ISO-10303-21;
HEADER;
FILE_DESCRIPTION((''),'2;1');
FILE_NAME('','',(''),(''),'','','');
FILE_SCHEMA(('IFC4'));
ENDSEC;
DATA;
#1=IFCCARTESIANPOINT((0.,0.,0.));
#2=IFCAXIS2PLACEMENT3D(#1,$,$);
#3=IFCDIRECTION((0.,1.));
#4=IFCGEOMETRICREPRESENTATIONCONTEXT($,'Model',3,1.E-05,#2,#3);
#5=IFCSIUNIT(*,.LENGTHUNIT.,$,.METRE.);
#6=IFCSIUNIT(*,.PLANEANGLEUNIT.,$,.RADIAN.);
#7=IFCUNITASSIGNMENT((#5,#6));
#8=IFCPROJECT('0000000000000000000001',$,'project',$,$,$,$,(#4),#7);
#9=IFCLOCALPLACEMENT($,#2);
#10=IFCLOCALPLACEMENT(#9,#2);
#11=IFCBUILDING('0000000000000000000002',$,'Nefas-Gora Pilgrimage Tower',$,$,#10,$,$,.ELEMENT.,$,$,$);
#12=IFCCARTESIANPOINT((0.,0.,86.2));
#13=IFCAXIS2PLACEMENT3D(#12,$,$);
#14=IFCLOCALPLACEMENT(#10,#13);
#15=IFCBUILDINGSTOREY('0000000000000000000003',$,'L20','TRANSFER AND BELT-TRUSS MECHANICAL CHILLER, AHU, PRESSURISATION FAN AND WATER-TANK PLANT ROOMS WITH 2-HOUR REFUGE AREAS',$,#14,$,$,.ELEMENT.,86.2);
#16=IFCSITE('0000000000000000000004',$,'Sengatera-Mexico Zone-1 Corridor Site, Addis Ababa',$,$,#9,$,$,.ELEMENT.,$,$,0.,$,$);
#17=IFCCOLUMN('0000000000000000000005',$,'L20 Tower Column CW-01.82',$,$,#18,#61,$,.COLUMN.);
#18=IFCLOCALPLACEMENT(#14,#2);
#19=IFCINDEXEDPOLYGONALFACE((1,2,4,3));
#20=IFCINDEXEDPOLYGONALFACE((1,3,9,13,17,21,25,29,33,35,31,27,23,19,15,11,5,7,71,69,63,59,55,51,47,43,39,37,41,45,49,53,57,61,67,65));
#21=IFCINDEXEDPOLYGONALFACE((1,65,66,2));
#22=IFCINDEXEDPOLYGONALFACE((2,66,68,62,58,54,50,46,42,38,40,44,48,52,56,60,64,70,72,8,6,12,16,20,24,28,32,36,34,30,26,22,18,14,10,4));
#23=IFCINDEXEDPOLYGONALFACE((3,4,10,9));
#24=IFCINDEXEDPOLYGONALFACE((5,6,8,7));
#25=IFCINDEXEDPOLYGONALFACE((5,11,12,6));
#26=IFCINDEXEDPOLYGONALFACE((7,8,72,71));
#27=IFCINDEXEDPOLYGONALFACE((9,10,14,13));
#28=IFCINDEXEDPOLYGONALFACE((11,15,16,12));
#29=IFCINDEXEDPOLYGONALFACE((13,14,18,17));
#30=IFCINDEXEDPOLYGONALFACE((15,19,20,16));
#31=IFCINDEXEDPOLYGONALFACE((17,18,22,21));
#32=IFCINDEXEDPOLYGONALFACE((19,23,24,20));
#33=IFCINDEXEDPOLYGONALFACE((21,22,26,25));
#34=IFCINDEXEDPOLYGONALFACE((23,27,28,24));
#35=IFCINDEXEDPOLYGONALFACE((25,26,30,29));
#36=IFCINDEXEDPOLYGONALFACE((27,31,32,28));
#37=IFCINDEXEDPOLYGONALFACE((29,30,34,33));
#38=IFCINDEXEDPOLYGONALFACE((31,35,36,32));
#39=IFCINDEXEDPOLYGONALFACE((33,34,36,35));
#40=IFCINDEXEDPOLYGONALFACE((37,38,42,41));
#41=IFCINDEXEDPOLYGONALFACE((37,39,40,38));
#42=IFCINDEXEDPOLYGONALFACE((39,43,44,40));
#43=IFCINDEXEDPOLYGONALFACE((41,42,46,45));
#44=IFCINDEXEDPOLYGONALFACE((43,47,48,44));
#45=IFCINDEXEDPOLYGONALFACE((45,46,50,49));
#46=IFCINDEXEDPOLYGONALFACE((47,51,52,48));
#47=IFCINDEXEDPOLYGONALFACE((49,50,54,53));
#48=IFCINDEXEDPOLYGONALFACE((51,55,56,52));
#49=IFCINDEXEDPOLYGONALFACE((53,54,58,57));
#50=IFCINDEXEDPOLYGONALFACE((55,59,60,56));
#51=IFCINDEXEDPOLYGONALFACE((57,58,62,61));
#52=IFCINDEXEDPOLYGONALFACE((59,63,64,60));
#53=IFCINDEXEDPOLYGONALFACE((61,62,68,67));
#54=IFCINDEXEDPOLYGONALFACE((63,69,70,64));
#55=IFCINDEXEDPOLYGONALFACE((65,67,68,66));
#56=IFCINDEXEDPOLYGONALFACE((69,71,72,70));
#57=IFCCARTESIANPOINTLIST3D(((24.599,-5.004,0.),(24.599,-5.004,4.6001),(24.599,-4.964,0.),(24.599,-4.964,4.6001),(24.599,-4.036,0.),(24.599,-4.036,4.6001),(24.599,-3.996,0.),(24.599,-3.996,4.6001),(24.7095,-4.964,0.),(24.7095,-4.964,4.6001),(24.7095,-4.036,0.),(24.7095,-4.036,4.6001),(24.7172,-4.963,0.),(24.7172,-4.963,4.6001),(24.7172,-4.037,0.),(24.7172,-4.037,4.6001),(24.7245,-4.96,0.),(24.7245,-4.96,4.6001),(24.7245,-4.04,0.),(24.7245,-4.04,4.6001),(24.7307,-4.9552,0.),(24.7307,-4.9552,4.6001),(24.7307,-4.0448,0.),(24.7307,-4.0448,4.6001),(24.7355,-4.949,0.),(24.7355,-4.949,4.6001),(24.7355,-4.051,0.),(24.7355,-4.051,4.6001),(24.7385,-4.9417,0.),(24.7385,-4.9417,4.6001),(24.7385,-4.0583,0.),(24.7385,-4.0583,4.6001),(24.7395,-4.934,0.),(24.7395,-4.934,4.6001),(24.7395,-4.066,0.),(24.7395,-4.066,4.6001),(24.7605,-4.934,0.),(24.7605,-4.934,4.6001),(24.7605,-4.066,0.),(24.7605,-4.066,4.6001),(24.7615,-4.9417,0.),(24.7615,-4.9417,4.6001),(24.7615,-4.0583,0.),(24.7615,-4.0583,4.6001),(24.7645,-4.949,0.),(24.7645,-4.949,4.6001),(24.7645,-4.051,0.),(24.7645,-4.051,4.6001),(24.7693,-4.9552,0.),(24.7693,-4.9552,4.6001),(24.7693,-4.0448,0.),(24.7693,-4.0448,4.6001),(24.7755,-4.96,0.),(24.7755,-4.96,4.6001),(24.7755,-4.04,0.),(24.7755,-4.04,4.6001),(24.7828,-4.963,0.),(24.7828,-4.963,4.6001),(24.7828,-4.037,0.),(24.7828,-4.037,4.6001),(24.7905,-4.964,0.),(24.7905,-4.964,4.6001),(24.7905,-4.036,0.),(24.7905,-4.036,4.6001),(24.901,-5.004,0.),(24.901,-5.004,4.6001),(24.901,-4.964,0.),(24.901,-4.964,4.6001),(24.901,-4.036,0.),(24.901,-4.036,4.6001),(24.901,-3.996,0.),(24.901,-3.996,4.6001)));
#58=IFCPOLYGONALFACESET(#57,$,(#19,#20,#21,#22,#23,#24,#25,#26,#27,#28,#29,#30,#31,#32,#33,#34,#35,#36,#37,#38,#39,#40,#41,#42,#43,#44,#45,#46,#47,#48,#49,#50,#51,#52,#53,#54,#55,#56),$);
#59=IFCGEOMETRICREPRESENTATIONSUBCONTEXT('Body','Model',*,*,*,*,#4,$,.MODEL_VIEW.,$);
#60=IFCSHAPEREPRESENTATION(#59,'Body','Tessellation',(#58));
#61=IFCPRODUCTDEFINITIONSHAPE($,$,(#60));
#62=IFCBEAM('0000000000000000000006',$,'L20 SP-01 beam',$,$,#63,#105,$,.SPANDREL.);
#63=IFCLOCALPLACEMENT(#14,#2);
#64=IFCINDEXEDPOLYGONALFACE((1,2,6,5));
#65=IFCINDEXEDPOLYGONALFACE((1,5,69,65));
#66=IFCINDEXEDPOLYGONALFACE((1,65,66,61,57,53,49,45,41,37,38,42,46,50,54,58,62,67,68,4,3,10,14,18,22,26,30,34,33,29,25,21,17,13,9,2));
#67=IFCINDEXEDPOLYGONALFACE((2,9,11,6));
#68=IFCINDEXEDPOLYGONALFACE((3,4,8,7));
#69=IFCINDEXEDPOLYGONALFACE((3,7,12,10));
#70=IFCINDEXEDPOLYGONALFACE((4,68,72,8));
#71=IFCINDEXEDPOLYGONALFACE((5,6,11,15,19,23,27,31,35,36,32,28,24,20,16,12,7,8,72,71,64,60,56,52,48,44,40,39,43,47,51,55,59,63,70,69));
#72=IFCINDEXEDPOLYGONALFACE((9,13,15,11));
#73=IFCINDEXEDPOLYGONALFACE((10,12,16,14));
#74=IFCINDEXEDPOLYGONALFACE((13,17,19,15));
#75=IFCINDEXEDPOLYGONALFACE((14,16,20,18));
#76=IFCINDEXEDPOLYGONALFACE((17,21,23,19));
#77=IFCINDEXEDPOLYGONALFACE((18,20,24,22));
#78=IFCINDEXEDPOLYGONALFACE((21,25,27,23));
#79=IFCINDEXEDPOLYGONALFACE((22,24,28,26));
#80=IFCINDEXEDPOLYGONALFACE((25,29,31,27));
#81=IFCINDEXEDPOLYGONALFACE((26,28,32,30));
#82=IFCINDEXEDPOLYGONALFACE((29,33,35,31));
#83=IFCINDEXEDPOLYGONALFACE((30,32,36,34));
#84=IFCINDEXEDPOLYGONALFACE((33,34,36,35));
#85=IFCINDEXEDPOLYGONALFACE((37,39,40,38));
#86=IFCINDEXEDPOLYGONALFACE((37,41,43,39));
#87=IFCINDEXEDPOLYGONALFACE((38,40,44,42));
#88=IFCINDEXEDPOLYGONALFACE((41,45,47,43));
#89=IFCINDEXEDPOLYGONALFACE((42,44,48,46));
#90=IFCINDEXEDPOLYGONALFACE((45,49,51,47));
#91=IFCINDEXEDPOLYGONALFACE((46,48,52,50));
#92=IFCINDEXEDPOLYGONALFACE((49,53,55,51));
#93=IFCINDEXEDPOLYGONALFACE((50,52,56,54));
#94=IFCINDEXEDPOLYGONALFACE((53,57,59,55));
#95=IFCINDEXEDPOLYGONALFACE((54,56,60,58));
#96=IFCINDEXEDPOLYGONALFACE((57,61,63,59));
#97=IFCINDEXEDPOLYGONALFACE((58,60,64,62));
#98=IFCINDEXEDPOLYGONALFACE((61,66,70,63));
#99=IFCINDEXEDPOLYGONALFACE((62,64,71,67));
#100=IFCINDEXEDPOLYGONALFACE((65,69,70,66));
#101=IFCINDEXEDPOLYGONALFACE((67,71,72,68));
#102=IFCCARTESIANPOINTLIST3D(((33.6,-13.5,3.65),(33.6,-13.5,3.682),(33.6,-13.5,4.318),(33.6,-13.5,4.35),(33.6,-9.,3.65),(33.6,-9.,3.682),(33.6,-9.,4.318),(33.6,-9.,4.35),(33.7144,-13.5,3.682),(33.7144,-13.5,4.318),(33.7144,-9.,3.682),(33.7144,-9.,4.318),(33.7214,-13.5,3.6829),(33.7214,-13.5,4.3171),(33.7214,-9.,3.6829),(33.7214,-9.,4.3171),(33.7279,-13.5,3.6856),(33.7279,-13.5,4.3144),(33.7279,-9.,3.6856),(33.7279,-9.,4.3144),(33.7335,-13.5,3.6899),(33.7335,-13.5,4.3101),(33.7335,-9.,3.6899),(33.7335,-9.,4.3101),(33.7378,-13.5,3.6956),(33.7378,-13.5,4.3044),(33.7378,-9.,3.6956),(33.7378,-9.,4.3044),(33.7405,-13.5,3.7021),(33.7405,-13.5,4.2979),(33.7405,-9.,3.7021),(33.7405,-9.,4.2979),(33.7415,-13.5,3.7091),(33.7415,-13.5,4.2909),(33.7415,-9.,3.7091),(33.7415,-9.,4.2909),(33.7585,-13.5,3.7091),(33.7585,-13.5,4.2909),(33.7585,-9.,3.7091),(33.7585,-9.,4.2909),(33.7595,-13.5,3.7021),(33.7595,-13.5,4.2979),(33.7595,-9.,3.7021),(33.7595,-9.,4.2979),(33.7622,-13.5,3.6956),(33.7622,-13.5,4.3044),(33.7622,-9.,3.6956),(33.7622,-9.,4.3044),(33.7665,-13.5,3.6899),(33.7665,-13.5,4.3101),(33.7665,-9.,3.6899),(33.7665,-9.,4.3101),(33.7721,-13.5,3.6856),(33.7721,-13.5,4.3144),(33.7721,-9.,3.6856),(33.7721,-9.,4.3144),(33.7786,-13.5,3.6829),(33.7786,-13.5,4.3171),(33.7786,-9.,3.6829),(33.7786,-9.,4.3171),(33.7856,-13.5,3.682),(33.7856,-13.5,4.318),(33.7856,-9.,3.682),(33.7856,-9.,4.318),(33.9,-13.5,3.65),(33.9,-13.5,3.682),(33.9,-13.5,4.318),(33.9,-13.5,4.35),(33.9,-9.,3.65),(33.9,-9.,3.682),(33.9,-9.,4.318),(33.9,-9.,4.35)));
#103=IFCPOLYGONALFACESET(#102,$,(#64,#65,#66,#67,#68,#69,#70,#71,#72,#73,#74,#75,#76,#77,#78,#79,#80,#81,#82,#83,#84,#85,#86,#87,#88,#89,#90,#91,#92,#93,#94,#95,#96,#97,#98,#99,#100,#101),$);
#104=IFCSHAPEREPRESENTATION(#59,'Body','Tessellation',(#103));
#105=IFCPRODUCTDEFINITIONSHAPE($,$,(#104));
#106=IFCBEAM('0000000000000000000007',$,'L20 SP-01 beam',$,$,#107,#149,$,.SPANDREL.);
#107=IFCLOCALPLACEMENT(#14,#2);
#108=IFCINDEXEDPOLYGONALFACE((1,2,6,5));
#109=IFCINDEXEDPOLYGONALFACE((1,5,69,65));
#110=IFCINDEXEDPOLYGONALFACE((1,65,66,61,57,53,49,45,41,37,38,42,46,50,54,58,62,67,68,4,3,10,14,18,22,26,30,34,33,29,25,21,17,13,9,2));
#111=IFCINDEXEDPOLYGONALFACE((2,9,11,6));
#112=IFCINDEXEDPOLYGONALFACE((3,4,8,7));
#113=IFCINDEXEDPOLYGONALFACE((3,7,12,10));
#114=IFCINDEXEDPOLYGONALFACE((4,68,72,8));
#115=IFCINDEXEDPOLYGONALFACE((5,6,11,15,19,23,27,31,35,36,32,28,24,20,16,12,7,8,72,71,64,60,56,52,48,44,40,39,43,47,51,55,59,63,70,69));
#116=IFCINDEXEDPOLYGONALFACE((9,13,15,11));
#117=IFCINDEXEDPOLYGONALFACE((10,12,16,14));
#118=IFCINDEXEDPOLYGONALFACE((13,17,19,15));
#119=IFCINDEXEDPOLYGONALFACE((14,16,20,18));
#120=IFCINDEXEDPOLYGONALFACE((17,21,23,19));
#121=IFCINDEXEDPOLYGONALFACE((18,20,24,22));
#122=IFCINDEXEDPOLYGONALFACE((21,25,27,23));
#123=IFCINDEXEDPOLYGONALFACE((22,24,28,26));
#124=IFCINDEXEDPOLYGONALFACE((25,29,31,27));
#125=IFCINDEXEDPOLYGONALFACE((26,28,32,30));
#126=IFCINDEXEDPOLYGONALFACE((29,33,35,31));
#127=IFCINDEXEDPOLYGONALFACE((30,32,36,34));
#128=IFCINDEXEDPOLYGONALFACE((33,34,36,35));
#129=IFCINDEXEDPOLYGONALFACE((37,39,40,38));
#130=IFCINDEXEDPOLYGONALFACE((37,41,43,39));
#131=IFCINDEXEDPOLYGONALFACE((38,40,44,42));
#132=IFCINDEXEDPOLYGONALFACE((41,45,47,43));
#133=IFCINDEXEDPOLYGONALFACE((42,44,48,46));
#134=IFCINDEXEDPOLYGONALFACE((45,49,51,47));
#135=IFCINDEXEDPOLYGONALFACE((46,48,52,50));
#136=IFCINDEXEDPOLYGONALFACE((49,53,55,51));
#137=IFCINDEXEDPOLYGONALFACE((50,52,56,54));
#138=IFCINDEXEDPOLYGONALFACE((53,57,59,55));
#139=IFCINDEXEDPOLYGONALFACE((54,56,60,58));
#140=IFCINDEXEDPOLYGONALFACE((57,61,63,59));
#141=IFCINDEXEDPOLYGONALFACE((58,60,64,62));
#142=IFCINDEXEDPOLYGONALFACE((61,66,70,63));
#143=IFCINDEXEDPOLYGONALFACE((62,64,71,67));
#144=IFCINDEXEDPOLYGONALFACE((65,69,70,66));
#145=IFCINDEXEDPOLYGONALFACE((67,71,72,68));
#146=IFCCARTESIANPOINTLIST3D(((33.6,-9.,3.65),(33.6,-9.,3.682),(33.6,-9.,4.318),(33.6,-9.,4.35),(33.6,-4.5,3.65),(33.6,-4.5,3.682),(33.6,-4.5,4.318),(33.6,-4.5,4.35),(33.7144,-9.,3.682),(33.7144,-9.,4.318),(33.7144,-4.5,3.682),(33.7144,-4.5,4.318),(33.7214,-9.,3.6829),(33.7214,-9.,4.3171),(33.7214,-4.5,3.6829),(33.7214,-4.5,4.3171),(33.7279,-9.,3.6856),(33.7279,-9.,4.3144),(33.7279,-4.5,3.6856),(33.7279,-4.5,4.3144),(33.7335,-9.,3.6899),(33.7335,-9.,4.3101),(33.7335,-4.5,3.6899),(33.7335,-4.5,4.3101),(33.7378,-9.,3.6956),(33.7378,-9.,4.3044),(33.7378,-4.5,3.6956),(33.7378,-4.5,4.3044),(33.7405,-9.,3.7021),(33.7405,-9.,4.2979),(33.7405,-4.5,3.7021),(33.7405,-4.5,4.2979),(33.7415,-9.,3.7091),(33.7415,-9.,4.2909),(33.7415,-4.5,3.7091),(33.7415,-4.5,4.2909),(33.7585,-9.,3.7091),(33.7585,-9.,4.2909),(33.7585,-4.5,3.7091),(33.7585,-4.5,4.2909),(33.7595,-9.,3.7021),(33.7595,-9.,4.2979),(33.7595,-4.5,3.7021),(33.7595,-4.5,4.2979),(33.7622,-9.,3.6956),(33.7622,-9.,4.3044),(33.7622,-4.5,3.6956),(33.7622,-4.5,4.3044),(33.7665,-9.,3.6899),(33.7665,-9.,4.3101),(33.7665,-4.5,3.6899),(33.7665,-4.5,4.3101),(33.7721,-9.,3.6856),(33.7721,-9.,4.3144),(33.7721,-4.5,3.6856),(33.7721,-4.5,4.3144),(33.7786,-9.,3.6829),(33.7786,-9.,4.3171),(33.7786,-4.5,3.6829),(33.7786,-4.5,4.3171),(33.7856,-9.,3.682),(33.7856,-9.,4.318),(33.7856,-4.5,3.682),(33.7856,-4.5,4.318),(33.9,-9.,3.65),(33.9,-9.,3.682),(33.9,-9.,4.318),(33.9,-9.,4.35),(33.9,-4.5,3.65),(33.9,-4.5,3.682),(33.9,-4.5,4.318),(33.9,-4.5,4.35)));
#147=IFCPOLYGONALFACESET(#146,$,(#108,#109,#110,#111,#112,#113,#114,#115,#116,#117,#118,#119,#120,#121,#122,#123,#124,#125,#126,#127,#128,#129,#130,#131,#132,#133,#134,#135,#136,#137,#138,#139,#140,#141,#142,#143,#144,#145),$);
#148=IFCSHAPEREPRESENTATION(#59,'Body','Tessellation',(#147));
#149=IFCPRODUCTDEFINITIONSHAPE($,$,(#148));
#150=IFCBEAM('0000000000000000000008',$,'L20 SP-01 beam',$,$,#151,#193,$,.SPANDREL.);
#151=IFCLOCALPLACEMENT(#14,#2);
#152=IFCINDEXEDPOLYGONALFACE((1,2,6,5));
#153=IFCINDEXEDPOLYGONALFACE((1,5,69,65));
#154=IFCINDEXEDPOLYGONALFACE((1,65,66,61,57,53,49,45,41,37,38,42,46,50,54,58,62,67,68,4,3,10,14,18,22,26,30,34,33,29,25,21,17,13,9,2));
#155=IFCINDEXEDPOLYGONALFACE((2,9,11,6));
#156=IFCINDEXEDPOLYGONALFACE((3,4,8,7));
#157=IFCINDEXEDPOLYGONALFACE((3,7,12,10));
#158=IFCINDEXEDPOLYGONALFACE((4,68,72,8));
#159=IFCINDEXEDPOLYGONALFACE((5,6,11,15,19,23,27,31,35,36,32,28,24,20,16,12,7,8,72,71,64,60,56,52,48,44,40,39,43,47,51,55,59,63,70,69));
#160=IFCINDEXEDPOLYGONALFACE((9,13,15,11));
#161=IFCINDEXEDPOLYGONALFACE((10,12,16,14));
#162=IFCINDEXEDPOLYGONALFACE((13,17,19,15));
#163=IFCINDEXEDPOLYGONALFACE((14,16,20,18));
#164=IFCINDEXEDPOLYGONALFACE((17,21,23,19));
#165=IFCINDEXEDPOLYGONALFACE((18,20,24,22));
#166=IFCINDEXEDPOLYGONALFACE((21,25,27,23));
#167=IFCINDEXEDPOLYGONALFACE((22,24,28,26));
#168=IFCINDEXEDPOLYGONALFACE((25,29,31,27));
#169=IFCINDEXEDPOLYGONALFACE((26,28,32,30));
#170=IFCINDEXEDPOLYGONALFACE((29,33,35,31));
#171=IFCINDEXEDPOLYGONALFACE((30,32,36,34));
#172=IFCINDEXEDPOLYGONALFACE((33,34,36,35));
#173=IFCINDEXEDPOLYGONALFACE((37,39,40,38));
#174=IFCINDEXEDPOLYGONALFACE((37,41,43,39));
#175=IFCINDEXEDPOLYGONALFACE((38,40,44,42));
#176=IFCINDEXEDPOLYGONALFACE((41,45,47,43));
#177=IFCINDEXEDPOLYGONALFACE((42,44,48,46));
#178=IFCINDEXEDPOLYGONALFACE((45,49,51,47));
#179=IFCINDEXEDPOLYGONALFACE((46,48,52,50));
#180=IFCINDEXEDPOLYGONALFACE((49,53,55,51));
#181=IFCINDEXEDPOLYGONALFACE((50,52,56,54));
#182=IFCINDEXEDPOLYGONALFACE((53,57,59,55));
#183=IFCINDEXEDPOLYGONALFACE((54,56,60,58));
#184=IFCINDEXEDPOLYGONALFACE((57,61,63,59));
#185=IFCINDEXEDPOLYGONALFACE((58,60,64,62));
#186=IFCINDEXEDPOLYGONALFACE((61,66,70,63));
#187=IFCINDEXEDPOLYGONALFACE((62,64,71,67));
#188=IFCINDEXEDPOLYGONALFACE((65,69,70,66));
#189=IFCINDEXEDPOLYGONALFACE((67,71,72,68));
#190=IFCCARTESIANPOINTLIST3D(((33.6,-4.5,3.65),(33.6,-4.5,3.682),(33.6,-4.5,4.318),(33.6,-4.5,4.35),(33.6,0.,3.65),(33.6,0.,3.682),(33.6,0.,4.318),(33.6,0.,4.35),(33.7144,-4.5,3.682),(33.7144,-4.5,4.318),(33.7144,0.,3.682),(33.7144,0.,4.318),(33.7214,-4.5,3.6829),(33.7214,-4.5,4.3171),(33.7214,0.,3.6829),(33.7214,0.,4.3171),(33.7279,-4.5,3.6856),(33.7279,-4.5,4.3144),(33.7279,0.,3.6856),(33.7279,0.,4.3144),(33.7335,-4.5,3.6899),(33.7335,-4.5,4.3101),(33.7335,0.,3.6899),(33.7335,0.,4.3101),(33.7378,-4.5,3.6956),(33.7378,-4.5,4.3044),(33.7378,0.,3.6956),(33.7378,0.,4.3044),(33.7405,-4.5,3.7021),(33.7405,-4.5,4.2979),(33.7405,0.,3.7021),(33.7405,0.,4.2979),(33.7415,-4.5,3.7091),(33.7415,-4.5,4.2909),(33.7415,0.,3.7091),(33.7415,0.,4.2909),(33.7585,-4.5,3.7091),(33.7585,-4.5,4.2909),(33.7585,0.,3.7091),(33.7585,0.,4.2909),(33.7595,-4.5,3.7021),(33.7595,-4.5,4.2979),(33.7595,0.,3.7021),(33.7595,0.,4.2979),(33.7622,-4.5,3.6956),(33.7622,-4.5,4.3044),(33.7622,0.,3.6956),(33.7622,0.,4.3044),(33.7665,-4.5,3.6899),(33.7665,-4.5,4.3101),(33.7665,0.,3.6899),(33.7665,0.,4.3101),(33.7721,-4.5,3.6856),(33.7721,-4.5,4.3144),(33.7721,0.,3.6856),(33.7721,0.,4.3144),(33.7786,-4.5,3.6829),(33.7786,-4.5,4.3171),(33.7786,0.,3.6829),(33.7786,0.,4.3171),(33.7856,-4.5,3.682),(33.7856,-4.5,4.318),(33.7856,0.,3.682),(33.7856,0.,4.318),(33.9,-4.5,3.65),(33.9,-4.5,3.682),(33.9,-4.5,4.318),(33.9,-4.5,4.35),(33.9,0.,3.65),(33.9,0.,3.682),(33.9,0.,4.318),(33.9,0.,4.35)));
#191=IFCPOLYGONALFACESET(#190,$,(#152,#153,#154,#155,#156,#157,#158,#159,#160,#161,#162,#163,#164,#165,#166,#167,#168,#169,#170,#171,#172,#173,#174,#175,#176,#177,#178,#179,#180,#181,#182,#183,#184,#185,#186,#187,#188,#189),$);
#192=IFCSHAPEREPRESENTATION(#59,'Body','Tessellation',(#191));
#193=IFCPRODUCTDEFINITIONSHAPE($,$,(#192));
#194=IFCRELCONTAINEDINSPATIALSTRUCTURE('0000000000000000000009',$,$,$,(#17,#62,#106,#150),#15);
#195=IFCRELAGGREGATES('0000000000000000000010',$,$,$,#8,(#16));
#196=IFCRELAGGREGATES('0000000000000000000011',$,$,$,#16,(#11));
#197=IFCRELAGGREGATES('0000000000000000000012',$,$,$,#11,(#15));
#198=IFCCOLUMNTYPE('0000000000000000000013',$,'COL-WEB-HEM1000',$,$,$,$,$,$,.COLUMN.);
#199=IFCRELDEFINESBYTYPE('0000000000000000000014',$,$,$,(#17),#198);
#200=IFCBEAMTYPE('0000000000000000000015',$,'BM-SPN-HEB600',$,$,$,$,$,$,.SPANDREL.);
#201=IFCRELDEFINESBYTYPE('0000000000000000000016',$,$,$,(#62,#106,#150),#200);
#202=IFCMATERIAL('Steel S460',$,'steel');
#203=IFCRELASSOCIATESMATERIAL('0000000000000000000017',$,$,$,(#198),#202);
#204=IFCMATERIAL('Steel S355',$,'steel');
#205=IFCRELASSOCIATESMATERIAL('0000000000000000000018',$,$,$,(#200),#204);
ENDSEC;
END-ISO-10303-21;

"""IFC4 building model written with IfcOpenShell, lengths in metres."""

from ifc_helpers import new_model, si_unit, direction, frame, origin, origin_2d, place, context, subcontext, project, spatial, i_section, extrude, source, transform, mapped, material, material_profile, profile_set, type_object, element, save


model = new_model("IFC4")

# Units and contexts
model_context = context("Model", 3, precision=1e-05, world=origin(), true_north=direction((0.0, 1.0)))
body_context = subcontext(model_context, "Body", "Model", "MODEL_VIEW")
ifc_project = project(units=[si_unit("LENGTHUNIT", "METRE"), si_unit("PLANEANGLEUNIT", "RADIAN")], contexts=[model_context])

# Site, building, storey
site_placement = place(None, origin())
site = spatial("IfcSite", under=ifc_project, at=site_placement, Name="Sengatera-Mexico Zone-1 Corridor Site, Addis Ababa", CompositionType="ELEMENT", RefElevation=0.0)
building_placement = place(site_placement, origin())
building = spatial("IfcBuilding", under=site, at=building_placement, Name="Nefas-Gora Pilgrimage Tower", CompositionType="ELEMENT")
storey_placement = place(building_placement, frame((0.0, 0.0, 86.2)))
storey = spatial("IfcBuildingStorey", under=building, at=storey_placement, Name="L20", Description="TRANSFER AND BELT-TRUSS MECHANICAL CHILLER, AHU, PRESSURISATION FAN AND WATER-TANK PLANT ROOMS WITH 2-HOUR REFUGE AREAS", CompositionType="ELEMENT", Elevation=86.2)

# Column
ifc_material_1 = material(Name="Steel S460", Category="steel")
ifc_material_profile_1 = material_profile(ifc_material_1, i_section(OverallWidth=0.302, OverallDepth=1.0081, WebThickness=0.021, FlangeThickness=0.04, FilletRadius=0.03, at=origin_2d()), Name="HEM 1000")
ifc_profile_set_1 = profile_set([ifc_material_profile_1], Name="Steel S460")
column_type_1 = type_object("IfcColumnType", Name="COL-WEB-HEM1000", PredefinedType="COLUMN", material=ifc_profile_set_1)
shared_shape_1 = source(origin(), body_context, "Body", "SweptSolid", [
    extrude(i_section(OverallWidth=0.302, OverallDepth=1.0081, WebThickness=0.021, FlangeThickness=0.04, FilletRadius=0.03, at=origin_2d()), origin(), (0.0, 0.0, 1.0), 4.6001),
])
for number, where, z_axis, x_axis, name in (
    (1, (24.75, -4.5, 0.0), (0.0, 0.0, 1.0), (1.0, 0.0, 0.0), "L20 Tower Column CW-01.82"),
):
    element("IfcColumn", number, at=place(storey_placement, frame(where, z_axis=z_axis, x_axis=x_axis)), inside=storey, type_object=column_type_1, Name=name, PredefinedType="COLUMN", context=body_context, shape_type="MappedRepresentation", body=[
        mapped(shared_shape_1, transform((0.0, 0.0, 0.0), x_axis=(1.0, 0.0, 0.0), y_axis=(0.0, 1.0, 0.0), z_axis=(0.0, 0.0, 1.0), scale=1.0)),
    ])

# Beams
ifc_material_2 = material(Name="Steel S355", Category="steel")
ifc_material_profile_2 = material_profile(ifc_material_2, i_section(OverallWidth=0.3, OverallDepth=0.7, WebThickness=0.0171, FlangeThickness=0.032, FilletRadius=0.0271, at=origin_2d()), Name="HEB 700")
ifc_profile_set_2 = profile_set([ifc_material_profile_2], Name="Steel S355")
beam_type_1 = type_object("IfcBeamType", Name="BM-SPN-HEB600", PredefinedType="SPANDREL", material=ifc_profile_set_2)
shared_shape_2 = source(origin(), body_context, "Body", "SweptSolid", [
    extrude(i_section(OverallWidth=0.3, OverallDepth=0.7, WebThickness=0.0171, FlangeThickness=0.032, FilletRadius=0.0271, at=origin_2d()), origin(), (0.0, 0.0, 1.0), 4.5),
])
for number, where, z_axis, x_axis, name in (
    (2, (33.75, -13.5, 4.0), (0.0, 1.0, 0.0), (-1.0, 0.0, 0.0), "L20 SP-01 beam"),
    (3, (33.75, -9.0, 4.0), (0.0, 1.0, 0.0), (-1.0, 0.0, 0.0), "L20 SP-01 beam"),
    (4, (33.75, -4.5, 4.0), (0.0, 1.0, 0.0), (-1.0, 0.0, 0.0), "L20 SP-01 beam"),
):
    element("IfcBeam", number, at=place(storey_placement, frame(where, z_axis=z_axis, x_axis=x_axis)), inside=storey, type_object=beam_type_1, Name=name, PredefinedType="SPANDREL", context=body_context, shape_type="MappedRepresentation", body=[
        mapped(shared_shape_2, transform((0.0, 0.0, 0.0), x_axis=(1.0, 0.0, 0.0), y_axis=(0.0, 1.0, 0.0), z_axis=(0.0, 0.0, 1.0), scale=1.0)),
    ])

save(model, "model.ifc")
